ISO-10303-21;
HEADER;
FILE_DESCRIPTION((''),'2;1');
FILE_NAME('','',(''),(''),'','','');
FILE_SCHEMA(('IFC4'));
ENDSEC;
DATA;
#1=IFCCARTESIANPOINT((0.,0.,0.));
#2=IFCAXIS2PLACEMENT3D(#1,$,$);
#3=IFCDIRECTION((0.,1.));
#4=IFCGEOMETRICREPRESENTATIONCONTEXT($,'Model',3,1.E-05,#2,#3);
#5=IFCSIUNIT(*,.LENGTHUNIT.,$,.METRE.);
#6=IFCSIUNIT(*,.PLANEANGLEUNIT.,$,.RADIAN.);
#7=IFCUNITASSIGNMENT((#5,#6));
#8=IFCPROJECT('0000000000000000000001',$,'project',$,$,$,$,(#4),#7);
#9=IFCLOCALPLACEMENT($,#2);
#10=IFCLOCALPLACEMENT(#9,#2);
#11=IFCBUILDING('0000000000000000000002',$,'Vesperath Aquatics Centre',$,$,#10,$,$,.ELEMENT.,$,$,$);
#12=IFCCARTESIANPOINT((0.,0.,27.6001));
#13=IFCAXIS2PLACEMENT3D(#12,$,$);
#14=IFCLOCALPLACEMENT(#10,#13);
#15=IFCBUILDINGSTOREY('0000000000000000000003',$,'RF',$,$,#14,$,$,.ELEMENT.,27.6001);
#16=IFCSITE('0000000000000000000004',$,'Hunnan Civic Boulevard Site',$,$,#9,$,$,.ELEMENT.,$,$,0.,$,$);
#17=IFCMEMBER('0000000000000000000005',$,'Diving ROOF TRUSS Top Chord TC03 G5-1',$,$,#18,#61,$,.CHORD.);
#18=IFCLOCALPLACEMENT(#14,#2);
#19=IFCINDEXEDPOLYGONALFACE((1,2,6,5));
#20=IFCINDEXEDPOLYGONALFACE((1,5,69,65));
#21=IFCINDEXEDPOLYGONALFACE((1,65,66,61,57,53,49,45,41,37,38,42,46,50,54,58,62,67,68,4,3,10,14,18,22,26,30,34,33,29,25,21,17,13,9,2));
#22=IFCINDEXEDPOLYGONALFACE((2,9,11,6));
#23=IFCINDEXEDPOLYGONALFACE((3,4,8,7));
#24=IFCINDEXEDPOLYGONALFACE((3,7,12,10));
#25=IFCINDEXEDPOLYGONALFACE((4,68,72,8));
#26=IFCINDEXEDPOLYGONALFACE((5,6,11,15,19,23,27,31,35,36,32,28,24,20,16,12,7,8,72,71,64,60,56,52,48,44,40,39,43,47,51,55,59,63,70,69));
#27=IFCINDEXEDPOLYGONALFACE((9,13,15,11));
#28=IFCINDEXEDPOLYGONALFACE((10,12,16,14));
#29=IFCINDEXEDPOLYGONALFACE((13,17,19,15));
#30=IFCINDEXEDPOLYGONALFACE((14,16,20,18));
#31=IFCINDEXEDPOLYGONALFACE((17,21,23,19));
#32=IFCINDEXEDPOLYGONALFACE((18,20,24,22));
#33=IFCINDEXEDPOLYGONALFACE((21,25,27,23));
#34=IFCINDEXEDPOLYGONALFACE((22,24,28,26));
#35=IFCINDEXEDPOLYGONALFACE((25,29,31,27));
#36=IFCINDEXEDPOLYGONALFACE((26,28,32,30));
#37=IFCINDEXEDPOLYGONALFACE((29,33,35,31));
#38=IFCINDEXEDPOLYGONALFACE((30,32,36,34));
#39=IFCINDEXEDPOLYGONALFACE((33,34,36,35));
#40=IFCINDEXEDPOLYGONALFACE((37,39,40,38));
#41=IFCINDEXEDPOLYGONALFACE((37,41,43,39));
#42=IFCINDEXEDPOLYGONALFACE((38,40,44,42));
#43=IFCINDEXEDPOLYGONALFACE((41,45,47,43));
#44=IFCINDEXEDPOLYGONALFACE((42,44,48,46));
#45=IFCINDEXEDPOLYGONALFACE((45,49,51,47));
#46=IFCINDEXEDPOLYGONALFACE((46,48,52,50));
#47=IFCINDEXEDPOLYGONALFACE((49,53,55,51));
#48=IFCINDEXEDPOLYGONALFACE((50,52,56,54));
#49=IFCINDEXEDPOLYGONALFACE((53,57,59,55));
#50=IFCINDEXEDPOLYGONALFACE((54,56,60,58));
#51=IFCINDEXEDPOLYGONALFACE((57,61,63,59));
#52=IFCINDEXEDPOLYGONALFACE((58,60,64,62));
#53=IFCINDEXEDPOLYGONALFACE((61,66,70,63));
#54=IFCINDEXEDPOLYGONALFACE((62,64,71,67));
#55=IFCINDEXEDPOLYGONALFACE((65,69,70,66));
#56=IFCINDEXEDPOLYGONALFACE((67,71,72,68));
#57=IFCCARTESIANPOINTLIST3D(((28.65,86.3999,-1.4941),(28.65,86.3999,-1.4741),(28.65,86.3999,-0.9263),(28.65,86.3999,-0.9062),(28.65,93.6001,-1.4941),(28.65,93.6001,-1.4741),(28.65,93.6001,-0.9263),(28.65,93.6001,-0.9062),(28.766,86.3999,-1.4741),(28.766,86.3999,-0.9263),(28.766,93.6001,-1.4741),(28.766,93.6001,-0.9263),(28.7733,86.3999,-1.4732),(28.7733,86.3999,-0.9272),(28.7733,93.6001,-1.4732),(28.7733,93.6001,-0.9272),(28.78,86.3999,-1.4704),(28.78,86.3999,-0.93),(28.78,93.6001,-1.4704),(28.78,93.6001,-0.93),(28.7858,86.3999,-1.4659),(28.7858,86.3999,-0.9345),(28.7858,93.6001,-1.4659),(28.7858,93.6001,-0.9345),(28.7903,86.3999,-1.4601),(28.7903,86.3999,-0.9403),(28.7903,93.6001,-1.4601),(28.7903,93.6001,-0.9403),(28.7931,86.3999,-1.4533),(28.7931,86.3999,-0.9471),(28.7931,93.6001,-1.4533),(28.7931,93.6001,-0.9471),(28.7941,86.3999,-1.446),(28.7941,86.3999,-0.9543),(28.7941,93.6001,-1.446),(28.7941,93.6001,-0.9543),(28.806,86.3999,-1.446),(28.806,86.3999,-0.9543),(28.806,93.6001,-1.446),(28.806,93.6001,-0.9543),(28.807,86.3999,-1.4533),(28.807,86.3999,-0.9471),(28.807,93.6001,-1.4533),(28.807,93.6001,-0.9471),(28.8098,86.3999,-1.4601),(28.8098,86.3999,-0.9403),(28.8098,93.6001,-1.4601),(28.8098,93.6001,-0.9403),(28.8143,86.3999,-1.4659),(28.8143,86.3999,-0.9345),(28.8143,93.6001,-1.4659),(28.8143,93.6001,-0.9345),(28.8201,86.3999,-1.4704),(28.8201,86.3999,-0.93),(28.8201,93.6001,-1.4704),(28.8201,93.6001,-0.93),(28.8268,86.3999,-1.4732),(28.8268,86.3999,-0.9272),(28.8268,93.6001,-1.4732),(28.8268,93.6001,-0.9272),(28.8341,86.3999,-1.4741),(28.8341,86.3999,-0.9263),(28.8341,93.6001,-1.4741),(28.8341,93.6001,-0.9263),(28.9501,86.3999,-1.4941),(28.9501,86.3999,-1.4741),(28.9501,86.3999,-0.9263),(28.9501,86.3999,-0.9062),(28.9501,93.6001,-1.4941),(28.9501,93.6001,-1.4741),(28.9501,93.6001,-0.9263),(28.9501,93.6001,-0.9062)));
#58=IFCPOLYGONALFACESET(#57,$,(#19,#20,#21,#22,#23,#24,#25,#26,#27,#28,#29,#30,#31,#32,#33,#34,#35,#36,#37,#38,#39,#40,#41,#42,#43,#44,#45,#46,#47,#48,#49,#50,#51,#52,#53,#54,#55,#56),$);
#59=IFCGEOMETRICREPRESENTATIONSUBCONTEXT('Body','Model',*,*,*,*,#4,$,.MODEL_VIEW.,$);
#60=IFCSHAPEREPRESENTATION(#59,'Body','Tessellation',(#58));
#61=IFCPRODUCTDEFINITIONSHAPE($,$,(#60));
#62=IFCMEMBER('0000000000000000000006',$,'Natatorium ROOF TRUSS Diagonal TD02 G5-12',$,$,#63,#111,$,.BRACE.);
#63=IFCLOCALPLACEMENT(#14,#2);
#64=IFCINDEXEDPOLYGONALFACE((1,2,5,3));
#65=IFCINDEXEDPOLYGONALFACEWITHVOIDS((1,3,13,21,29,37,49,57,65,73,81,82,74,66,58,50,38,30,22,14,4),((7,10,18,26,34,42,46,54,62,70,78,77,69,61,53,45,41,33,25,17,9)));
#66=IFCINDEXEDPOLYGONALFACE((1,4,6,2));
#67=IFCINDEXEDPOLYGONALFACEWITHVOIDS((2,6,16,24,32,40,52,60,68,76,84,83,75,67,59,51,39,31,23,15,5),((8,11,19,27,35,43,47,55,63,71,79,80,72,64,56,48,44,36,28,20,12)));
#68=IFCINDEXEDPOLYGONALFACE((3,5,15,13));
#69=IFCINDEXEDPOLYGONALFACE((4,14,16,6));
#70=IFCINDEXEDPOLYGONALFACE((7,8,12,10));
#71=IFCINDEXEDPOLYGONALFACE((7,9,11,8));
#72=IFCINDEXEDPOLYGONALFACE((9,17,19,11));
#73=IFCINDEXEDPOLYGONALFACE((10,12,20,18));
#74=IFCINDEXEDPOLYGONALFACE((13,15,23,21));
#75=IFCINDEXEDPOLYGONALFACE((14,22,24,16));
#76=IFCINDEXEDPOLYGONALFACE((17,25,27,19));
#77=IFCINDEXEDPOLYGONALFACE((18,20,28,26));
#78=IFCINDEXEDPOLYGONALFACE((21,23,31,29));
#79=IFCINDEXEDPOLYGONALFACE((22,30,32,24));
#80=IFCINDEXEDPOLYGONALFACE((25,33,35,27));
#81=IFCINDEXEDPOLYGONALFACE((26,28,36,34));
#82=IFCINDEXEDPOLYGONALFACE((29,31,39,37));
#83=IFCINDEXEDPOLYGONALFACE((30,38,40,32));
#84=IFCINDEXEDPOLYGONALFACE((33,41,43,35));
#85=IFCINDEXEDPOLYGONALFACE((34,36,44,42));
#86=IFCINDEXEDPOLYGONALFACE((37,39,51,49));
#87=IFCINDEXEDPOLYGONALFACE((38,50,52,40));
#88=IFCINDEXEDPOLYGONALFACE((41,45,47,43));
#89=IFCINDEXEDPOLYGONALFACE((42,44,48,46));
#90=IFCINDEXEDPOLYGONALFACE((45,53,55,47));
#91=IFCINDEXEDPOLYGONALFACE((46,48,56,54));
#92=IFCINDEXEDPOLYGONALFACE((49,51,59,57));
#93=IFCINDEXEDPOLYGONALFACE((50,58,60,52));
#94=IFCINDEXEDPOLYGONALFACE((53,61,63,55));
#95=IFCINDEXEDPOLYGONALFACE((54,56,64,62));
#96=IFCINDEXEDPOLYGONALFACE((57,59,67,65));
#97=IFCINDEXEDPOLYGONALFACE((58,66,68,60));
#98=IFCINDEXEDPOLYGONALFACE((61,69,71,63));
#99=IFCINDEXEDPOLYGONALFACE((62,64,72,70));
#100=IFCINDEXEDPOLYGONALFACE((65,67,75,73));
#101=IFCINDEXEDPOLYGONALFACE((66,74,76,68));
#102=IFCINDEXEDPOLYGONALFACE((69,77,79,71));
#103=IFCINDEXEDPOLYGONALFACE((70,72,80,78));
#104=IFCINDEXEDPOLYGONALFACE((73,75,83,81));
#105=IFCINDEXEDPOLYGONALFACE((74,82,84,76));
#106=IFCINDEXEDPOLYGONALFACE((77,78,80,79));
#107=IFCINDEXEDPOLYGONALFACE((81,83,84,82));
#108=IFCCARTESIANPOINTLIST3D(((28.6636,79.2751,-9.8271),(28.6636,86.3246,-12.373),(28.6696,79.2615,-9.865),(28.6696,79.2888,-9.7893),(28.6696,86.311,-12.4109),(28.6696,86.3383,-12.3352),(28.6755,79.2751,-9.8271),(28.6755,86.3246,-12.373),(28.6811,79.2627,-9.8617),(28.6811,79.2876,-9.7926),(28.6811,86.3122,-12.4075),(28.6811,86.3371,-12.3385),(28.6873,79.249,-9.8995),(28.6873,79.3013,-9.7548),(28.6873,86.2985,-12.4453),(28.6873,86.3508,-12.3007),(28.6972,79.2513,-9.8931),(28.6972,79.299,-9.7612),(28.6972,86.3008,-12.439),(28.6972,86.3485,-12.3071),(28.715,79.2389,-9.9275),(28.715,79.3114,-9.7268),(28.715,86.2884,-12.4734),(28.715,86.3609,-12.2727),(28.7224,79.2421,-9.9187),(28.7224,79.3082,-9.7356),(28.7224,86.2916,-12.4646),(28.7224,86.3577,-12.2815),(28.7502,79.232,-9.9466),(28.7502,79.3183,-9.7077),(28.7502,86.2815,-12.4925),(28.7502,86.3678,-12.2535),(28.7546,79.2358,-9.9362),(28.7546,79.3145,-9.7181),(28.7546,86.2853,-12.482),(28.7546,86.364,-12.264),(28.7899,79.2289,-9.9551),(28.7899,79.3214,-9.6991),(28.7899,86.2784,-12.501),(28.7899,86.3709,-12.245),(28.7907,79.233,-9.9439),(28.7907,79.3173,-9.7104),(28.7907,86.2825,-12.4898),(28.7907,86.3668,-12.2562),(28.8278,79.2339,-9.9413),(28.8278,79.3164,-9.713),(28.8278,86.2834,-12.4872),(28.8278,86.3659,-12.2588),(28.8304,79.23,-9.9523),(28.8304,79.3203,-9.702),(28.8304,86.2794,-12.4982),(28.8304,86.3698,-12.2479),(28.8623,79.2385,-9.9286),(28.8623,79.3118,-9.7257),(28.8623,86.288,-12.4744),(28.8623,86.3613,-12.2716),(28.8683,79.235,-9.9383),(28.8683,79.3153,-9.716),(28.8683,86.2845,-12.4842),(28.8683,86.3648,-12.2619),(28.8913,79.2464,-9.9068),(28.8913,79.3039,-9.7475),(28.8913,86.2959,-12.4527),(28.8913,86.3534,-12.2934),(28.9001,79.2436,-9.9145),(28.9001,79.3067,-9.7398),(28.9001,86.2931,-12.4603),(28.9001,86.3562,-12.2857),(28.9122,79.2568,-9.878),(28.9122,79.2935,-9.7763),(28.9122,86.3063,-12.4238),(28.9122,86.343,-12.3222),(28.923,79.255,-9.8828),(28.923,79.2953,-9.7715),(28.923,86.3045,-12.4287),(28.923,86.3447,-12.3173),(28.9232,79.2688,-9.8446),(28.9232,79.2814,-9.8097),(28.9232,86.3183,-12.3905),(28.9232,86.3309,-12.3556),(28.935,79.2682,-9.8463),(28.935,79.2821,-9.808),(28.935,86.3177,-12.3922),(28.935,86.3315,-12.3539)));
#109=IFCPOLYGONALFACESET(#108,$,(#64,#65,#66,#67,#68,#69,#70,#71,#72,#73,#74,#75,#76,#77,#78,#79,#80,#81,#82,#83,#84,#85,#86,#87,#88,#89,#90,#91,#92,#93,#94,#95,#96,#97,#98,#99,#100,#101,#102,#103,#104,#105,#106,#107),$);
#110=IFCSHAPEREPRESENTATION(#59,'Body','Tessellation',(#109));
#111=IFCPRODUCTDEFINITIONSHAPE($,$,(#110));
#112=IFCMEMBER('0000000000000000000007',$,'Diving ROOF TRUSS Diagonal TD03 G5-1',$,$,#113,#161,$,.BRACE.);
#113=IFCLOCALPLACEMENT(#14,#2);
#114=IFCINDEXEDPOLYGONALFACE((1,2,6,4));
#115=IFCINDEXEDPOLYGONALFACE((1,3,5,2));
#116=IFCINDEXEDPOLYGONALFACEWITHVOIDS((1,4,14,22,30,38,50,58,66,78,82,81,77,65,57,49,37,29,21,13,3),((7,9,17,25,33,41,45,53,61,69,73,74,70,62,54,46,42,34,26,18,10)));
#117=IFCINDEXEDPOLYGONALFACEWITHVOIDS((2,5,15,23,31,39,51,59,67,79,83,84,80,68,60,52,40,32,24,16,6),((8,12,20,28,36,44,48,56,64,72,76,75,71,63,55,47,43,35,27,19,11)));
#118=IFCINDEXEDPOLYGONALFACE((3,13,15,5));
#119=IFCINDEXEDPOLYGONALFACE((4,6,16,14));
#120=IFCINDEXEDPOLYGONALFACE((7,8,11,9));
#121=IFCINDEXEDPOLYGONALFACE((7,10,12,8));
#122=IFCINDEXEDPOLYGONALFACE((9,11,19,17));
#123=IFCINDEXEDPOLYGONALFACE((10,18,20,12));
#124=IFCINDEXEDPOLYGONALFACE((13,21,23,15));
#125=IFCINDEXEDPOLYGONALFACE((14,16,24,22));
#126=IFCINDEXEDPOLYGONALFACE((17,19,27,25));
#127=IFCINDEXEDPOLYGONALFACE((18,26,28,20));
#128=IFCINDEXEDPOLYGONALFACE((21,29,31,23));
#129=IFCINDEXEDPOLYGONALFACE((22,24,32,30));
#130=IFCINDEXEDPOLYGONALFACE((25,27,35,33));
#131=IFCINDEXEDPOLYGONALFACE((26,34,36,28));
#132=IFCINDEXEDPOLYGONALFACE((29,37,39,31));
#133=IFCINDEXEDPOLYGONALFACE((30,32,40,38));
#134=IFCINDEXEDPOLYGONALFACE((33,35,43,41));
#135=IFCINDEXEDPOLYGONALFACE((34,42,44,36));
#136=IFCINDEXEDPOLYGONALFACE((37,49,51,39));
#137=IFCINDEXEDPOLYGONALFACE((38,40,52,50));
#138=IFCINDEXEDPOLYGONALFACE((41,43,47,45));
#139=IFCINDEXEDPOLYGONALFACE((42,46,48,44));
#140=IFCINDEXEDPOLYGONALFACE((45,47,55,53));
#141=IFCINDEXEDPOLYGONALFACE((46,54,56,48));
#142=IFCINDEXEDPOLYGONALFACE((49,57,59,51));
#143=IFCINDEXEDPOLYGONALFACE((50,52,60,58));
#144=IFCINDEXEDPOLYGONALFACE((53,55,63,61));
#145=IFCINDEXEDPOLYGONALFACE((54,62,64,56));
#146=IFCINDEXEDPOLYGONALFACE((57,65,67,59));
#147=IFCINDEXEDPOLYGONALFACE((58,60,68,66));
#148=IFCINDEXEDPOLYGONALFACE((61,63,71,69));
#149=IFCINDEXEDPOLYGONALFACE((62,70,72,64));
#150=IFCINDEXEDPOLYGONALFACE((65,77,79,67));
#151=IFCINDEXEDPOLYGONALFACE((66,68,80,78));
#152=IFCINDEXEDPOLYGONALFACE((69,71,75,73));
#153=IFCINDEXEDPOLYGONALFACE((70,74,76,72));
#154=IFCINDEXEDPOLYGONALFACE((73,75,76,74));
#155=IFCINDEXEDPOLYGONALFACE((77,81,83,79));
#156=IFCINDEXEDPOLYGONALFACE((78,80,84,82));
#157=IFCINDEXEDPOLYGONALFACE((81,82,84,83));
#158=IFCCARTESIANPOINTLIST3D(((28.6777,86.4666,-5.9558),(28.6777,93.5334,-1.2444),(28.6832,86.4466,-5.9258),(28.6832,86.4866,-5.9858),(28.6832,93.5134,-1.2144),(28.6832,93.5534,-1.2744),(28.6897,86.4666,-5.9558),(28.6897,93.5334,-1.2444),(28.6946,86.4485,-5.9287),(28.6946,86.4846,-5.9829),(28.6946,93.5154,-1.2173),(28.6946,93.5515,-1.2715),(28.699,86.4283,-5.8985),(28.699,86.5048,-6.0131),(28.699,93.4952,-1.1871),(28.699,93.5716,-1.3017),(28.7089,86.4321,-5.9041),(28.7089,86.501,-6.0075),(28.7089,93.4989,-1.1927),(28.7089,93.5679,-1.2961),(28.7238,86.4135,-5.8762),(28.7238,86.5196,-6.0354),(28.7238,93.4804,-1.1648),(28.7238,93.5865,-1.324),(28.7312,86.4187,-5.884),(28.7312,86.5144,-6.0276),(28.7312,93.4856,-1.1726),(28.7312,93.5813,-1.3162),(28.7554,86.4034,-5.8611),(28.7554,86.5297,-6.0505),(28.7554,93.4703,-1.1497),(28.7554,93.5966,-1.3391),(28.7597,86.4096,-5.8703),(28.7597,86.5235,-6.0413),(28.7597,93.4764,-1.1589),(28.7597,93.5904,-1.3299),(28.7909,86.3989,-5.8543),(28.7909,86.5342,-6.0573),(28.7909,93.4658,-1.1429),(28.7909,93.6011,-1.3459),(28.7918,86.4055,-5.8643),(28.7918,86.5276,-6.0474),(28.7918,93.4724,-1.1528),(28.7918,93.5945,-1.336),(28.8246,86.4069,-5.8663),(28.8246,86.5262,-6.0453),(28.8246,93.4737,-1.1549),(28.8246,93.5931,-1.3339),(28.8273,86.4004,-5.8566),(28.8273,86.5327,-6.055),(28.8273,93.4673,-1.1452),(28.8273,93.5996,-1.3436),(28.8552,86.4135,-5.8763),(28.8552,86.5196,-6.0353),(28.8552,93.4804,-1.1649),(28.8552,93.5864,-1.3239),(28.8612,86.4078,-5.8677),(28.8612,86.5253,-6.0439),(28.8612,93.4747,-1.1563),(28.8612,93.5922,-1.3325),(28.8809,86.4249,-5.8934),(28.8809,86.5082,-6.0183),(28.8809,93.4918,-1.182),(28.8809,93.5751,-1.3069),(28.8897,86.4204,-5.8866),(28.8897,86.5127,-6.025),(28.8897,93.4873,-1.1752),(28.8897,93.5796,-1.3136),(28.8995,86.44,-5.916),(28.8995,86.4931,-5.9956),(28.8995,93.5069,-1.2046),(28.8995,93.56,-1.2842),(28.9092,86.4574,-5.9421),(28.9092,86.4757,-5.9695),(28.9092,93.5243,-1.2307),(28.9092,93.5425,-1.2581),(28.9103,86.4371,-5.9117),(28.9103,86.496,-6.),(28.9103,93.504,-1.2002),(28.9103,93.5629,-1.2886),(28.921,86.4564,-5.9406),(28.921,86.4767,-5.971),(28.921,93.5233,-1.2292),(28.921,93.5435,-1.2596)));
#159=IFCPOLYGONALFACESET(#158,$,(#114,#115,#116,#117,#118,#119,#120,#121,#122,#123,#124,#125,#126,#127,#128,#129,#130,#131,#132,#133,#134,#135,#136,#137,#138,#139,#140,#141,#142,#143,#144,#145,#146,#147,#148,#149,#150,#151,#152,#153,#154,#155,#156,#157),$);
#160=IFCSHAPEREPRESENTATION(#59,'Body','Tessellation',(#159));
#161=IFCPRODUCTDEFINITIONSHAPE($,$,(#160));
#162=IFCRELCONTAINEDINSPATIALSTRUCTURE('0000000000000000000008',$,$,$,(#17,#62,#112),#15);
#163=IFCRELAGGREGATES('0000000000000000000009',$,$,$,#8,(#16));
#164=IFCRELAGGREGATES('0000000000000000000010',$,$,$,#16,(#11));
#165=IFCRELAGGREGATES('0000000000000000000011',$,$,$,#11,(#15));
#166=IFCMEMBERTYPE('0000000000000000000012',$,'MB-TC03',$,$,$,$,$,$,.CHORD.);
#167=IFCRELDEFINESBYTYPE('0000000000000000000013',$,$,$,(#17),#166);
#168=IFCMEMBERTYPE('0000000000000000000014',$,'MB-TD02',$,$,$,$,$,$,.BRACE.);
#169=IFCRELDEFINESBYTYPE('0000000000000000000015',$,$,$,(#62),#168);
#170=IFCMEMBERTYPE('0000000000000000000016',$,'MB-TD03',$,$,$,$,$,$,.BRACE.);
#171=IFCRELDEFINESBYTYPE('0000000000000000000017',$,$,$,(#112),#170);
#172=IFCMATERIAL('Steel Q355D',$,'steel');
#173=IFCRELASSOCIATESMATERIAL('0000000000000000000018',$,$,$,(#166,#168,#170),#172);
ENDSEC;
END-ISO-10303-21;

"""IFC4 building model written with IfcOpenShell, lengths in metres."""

from ifc_helpers import new_model, si_unit, direction, frame, origin, origin_2d, place, context, subcontext, project, spatial, hollow_circle, i_section, extrude, material, material_profile, profile_set, type_object, element, save


model = new_model("IFC4")

# Units and contexts
model_context = context("Model", 3, precision=1e-05, world=origin(), true_north=direction((0.0, 1.0)))
body_context = subcontext(model_context, "Body", "Model", "MODEL_VIEW")
ifc_project = project(units=[si_unit("LENGTHUNIT", "METRE"), si_unit("PLANEANGLEUNIT", "RADIAN")], contexts=[model_context])

# Site, building, storey
site_placement = place(None, origin())
site = spatial("IfcSite", under=ifc_project, at=site_placement, Name="Hunnan Civic Boulevard Site", CompositionType="ELEMENT", RefElevation=0.0)
building_placement = place(site_placement, origin())
building = spatial("IfcBuilding", under=site, at=building_placement, Name="Vesperath Aquatics Centre", CompositionType="ELEMENT")
storey_placement = place(building_placement, frame((0.0, 0.0, 27.6001)))
storey = spatial("IfcBuildingStorey", under=building, at=storey_placement, Name="RF", CompositionType="ELEMENT", Elevation=27.6001)

# Members
ifc_material_1 = material(Name="Steel Q355D", Category="steel")
ifc_material_profile_1 = material_profile(ifc_material_1, i_section(OverallWidth=0.3, OverallDepth=0.5879, WebThickness=0.012, FlangeThickness=0.02, FilletRadius=0.0281, at=origin_2d()), Name="HM 588x300x12x20")
ifc_profile_set_1 = profile_set([ifc_material_profile_1], Name="Steel Q355D")
member_type_1 = type_object("IfcMemberType", Name="MB-TC03", PredefinedType="CHORD", material=ifc_profile_set_1)
member_1_placement = place(storey_placement, frame((28.8, 86.3999, -1.2002), z_axis=(0.0, 1.0, 0.0), x_axis=(-1.0, 0.0, 0.0)))
element("IfcMember", 1, at=member_1_placement, inside=storey, type_object=member_type_1, Name="Diving ROOF TRUSS Top Chord TC03 G5-1", PredefinedType="CHORD", context=body_context, shape_type="SweptSolid", body=[
    extrude(i_section(OverallWidth=0.3, OverallDepth=0.5879, WebThickness=0.012, FlangeThickness=0.02, FilletRadius=0.0281, at=origin_2d()), origin(), (0.0, 0.0, 1.0), 7.2002),
])
ifc_material_profile_2 = material_profile(ifc_material_1, hollow_circle(Radius=0.1365, WallThickness=0.012, at=origin_2d()), Name="CHS 273.0x12")
ifc_profile_set_2 = profile_set([ifc_material_profile_2], Name="Steel Q355D")
member_type_2 = type_object("IfcMemberType", Name="MB-TD02", PredefinedType="BRACE", material=ifc_profile_set_2)
member_2_placement = place(storey_placement, frame((28.8, 79.2751, -9.8271), z_axis=(0.0, 0.940544, -0.339671), x_axis=(-1.0, 0.0, 0.0)))
element("IfcMember", 2, at=member_2_placement, inside=storey, type_object=member_type_2, Name="Natatorium ROOF TRUSS Diagonal TD02 G5-12", PredefinedType="BRACE", context=body_context, shape_type="SweptSolid", body=[
    extrude(hollow_circle(Radius=0.1365, WallThickness=0.012, at=origin_2d()), origin(), (0.0, 0.0, 1.0), 7.4951),
])
ifc_material_profile_3 = material_profile(ifc_material_1, hollow_circle(Radius=0.1223, WallThickness=0.012, at=origin_2d()), Name="CHS 244.5x12")
ifc_profile_set_3 = profile_set([ifc_material_profile_3], Name="Steel Q355D")
member_type_3 = type_object("IfcMemberType", Name="MB-TD03", PredefinedType="BRACE", material=ifc_profile_set_3)
member_3_placement = place(storey_placement, frame((28.8, 86.4666, -5.9558), z_axis=(0.0, 0.832041, 0.554713), x_axis=(-1.0, 0.0, 0.0)))
element("IfcMember", 3, at=member_3_placement, inside=storey, type_object=member_type_3, Name="Diving ROOF TRUSS Diagonal TD03 G5-1", PredefinedType="BRACE", context=body_context, shape_type="SweptSolid", body=[
    extrude(hollow_circle(Radius=0.1223, WallThickness=0.012, at=origin_2d()), origin(), (0.0, 0.0, 1.0), 8.4934),
])

save(model, "model.ifc")
